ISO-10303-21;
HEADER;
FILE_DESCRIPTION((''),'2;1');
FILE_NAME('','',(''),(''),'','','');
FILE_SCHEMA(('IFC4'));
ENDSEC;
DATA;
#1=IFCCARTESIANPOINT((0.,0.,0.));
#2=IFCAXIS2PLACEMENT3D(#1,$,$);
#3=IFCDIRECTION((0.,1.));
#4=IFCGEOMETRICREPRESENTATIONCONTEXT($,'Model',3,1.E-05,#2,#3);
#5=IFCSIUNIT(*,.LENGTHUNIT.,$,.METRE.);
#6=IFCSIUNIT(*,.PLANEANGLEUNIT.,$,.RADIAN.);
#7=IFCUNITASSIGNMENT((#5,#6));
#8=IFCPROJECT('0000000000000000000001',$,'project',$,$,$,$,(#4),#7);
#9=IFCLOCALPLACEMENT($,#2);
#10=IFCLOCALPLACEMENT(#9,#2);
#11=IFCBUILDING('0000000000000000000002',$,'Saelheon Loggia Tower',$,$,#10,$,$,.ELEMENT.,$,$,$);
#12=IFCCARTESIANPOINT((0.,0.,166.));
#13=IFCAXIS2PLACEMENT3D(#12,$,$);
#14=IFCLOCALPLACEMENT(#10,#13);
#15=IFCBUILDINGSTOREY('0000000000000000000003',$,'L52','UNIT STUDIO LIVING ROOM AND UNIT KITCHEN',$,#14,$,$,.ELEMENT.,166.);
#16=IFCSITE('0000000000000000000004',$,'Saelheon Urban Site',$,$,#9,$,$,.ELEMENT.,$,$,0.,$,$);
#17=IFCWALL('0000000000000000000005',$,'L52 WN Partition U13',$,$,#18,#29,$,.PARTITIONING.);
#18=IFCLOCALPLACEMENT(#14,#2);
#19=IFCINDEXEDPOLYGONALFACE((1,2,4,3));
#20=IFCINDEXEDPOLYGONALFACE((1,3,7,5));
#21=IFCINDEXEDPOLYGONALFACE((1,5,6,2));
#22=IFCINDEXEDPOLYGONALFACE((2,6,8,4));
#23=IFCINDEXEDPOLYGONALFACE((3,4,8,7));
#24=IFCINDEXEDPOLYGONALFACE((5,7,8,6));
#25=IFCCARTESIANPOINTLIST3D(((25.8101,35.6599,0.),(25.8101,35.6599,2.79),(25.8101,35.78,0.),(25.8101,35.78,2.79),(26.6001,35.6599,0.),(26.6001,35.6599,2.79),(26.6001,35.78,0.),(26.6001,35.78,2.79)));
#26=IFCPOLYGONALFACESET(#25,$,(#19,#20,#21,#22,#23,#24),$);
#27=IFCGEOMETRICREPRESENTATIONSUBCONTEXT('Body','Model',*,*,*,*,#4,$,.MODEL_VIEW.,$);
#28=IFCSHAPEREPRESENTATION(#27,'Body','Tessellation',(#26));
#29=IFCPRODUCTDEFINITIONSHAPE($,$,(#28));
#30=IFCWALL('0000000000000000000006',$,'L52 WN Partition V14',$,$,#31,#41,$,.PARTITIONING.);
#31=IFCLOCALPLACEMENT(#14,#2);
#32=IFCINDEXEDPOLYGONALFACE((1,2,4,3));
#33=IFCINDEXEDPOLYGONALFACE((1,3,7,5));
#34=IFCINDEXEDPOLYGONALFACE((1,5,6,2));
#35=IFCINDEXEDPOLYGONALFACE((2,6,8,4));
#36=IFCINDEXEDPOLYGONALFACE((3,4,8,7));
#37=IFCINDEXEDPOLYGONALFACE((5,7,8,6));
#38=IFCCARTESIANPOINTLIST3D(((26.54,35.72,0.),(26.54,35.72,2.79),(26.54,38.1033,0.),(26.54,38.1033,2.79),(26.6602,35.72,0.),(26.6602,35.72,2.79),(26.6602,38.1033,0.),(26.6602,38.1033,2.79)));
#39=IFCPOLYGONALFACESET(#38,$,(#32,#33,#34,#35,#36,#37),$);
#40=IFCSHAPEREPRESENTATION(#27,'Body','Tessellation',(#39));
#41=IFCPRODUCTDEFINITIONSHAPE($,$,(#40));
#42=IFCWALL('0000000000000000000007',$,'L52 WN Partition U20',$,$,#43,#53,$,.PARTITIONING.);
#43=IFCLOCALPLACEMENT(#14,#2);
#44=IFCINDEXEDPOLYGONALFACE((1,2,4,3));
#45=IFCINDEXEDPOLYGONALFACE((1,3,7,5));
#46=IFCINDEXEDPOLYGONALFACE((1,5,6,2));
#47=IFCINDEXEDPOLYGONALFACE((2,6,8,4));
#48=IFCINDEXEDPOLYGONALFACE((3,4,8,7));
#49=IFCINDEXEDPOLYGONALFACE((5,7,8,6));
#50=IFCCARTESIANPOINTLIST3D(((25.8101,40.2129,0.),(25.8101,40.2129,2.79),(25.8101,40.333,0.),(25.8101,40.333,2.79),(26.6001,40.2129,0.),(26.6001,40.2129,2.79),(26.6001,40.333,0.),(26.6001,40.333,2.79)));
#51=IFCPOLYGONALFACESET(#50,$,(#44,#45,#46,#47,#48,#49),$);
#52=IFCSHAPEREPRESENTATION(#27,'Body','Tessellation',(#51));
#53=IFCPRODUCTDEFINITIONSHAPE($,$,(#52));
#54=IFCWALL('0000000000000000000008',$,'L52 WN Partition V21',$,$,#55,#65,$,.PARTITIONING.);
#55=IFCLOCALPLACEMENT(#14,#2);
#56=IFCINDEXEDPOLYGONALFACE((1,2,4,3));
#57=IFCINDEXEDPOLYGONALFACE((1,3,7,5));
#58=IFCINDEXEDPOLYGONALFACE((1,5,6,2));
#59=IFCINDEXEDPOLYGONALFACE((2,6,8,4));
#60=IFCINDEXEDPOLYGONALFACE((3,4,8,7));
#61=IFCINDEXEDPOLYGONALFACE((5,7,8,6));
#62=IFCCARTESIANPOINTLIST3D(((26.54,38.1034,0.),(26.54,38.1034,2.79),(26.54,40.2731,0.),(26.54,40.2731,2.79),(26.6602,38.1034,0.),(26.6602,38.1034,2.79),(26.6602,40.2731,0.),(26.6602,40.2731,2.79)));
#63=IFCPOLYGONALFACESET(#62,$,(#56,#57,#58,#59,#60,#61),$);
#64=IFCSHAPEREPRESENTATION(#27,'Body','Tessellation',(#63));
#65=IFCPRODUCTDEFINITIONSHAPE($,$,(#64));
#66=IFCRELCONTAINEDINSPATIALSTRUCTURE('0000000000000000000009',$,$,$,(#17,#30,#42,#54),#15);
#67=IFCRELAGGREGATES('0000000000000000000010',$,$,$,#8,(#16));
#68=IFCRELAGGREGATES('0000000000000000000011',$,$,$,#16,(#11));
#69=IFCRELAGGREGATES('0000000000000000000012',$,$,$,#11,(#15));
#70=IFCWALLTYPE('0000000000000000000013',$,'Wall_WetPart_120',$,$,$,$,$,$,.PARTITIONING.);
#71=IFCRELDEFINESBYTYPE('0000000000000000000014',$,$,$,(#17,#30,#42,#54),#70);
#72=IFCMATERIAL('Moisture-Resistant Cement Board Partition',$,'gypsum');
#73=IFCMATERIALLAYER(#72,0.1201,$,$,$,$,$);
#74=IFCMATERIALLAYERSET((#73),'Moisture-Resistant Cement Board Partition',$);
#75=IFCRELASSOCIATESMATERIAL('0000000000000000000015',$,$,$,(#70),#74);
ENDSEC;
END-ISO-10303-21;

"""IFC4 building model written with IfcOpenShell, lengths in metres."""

from ifc_helpers import new_model, si_unit, direction, frame, frame_2d, origin, place, context, subcontext, project, spatial, rectangle, extrude, material, layer, layer_set, type_object, element, save


model = new_model("IFC4")

# Units and contexts
model_context = context("Model", 3, precision=1e-05, world=origin(), true_north=direction((0.0, 1.0)))
body_context = subcontext(model_context, "Body", "Model", "MODEL_VIEW")
ifc_project = project(units=[si_unit("LENGTHUNIT", "METRE"), si_unit("PLANEANGLEUNIT", "RADIAN")], contexts=[model_context])

# Site, building, storey
site_placement = place(None, origin())
site = spatial("IfcSite", under=ifc_project, at=site_placement, Name="Saelheon Urban Site", CompositionType="ELEMENT", RefElevation=0.0)
building_placement = place(site_placement, origin())
building = spatial("IfcBuilding", under=site, at=building_placement, Name="Saelheon Loggia Tower", CompositionType="ELEMENT")
storey_placement = place(building_placement, frame((0.0, 0.0, 166.0)))
storey = spatial("IfcBuildingStorey", under=building, at=storey_placement, Name="L52", Description="UNIT STUDIO LIVING ROOM AND UNIT KITCHEN", CompositionType="ELEMENT", Elevation=166.0)

# Walls
ifc_material_1 = material(Name="Moisture-Resistant Cement Board Partition", Category="gypsum")
ifc_layer_1 = layer(ifc_material_1, 0.1201)
ifc_layer_set_1 = layer_set([ifc_layer_1], Name="Moisture-Resistant Cement Board Partition")
wall_type_1 = type_object("IfcWallType", Name="Wall_WetPart_120", PredefinedType="PARTITIONING", material=ifc_layer_set_1)
wall_1_placement = place(storey_placement, frame((26.6001, 35.72, 0.0), z_axis=(0.0, 0.0, 1.0), x_axis=(-1.0, 0.0, 0.0)))
element("IfcWall", 1, at=wall_1_placement, inside=storey, type_object=wall_type_1, Name="L52 WN Partition U13", PredefinedType="PARTITIONING", context=body_context, shape_type="SweptSolid", body=[
    extrude(rectangle(XDim=0.79, YDim=0.1201, at=frame_2d((0.395, 0.0))), origin(), (0.0, 0.0, 1.0), 2.79),
])
wall_2_placement = place(storey_placement, frame((26.6001, 35.72, 0.0), z_axis=(0.0, 0.0, 1.0), x_axis=(0.0, 1.0, 0.0)))
element("IfcWall", 2, at=wall_2_placement, inside=storey, type_object=wall_type_1, Name="L52 WN Partition V14", PredefinedType="PARTITIONING", context=body_context, shape_type="SweptSolid", body=[
    extrude(rectangle(XDim=2.3833, YDim=0.1201, at=frame_2d((1.1917, 0.0))), origin(), (0.0, 0.0, 1.0), 2.79),
])
wall_3_placement = place(storey_placement, frame((26.6001, 40.2729, 0.0), z_axis=(0.0, 0.0, 1.0), x_axis=(-1.0, 0.0, 0.0)))
element("IfcWall", 3, at=wall_3_placement, inside=storey, type_object=wall_type_1, Name="L52 WN Partition U20", PredefinedType="PARTITIONING", context=body_context, shape_type="SweptSolid", body=[
    extrude(rectangle(XDim=0.79, YDim=0.1201, at=frame_2d((0.395, 0.0))), origin(), (0.0, 0.0, 1.0), 2.79),
])
wall_4_placement = place(storey_placement, frame((26.6001, 38.1033, 0.0), z_axis=(0.0, 0.0, 1.0), x_axis=(0.0, 1.0, 0.0)))
element("IfcWall", 4, at=wall_4_placement, inside=storey, type_object=wall_type_1, Name="L52 WN Partition V21", PredefinedType="PARTITIONING", context=body_context, shape_type="SweptSolid", body=[
    extrude(rectangle(XDim=2.1697, YDim=0.1201, at=frame_2d((1.085, 0.0))), origin(), (0.0, 0.0, 1.0), 2.79),
])

save(model, "model.ifc")
